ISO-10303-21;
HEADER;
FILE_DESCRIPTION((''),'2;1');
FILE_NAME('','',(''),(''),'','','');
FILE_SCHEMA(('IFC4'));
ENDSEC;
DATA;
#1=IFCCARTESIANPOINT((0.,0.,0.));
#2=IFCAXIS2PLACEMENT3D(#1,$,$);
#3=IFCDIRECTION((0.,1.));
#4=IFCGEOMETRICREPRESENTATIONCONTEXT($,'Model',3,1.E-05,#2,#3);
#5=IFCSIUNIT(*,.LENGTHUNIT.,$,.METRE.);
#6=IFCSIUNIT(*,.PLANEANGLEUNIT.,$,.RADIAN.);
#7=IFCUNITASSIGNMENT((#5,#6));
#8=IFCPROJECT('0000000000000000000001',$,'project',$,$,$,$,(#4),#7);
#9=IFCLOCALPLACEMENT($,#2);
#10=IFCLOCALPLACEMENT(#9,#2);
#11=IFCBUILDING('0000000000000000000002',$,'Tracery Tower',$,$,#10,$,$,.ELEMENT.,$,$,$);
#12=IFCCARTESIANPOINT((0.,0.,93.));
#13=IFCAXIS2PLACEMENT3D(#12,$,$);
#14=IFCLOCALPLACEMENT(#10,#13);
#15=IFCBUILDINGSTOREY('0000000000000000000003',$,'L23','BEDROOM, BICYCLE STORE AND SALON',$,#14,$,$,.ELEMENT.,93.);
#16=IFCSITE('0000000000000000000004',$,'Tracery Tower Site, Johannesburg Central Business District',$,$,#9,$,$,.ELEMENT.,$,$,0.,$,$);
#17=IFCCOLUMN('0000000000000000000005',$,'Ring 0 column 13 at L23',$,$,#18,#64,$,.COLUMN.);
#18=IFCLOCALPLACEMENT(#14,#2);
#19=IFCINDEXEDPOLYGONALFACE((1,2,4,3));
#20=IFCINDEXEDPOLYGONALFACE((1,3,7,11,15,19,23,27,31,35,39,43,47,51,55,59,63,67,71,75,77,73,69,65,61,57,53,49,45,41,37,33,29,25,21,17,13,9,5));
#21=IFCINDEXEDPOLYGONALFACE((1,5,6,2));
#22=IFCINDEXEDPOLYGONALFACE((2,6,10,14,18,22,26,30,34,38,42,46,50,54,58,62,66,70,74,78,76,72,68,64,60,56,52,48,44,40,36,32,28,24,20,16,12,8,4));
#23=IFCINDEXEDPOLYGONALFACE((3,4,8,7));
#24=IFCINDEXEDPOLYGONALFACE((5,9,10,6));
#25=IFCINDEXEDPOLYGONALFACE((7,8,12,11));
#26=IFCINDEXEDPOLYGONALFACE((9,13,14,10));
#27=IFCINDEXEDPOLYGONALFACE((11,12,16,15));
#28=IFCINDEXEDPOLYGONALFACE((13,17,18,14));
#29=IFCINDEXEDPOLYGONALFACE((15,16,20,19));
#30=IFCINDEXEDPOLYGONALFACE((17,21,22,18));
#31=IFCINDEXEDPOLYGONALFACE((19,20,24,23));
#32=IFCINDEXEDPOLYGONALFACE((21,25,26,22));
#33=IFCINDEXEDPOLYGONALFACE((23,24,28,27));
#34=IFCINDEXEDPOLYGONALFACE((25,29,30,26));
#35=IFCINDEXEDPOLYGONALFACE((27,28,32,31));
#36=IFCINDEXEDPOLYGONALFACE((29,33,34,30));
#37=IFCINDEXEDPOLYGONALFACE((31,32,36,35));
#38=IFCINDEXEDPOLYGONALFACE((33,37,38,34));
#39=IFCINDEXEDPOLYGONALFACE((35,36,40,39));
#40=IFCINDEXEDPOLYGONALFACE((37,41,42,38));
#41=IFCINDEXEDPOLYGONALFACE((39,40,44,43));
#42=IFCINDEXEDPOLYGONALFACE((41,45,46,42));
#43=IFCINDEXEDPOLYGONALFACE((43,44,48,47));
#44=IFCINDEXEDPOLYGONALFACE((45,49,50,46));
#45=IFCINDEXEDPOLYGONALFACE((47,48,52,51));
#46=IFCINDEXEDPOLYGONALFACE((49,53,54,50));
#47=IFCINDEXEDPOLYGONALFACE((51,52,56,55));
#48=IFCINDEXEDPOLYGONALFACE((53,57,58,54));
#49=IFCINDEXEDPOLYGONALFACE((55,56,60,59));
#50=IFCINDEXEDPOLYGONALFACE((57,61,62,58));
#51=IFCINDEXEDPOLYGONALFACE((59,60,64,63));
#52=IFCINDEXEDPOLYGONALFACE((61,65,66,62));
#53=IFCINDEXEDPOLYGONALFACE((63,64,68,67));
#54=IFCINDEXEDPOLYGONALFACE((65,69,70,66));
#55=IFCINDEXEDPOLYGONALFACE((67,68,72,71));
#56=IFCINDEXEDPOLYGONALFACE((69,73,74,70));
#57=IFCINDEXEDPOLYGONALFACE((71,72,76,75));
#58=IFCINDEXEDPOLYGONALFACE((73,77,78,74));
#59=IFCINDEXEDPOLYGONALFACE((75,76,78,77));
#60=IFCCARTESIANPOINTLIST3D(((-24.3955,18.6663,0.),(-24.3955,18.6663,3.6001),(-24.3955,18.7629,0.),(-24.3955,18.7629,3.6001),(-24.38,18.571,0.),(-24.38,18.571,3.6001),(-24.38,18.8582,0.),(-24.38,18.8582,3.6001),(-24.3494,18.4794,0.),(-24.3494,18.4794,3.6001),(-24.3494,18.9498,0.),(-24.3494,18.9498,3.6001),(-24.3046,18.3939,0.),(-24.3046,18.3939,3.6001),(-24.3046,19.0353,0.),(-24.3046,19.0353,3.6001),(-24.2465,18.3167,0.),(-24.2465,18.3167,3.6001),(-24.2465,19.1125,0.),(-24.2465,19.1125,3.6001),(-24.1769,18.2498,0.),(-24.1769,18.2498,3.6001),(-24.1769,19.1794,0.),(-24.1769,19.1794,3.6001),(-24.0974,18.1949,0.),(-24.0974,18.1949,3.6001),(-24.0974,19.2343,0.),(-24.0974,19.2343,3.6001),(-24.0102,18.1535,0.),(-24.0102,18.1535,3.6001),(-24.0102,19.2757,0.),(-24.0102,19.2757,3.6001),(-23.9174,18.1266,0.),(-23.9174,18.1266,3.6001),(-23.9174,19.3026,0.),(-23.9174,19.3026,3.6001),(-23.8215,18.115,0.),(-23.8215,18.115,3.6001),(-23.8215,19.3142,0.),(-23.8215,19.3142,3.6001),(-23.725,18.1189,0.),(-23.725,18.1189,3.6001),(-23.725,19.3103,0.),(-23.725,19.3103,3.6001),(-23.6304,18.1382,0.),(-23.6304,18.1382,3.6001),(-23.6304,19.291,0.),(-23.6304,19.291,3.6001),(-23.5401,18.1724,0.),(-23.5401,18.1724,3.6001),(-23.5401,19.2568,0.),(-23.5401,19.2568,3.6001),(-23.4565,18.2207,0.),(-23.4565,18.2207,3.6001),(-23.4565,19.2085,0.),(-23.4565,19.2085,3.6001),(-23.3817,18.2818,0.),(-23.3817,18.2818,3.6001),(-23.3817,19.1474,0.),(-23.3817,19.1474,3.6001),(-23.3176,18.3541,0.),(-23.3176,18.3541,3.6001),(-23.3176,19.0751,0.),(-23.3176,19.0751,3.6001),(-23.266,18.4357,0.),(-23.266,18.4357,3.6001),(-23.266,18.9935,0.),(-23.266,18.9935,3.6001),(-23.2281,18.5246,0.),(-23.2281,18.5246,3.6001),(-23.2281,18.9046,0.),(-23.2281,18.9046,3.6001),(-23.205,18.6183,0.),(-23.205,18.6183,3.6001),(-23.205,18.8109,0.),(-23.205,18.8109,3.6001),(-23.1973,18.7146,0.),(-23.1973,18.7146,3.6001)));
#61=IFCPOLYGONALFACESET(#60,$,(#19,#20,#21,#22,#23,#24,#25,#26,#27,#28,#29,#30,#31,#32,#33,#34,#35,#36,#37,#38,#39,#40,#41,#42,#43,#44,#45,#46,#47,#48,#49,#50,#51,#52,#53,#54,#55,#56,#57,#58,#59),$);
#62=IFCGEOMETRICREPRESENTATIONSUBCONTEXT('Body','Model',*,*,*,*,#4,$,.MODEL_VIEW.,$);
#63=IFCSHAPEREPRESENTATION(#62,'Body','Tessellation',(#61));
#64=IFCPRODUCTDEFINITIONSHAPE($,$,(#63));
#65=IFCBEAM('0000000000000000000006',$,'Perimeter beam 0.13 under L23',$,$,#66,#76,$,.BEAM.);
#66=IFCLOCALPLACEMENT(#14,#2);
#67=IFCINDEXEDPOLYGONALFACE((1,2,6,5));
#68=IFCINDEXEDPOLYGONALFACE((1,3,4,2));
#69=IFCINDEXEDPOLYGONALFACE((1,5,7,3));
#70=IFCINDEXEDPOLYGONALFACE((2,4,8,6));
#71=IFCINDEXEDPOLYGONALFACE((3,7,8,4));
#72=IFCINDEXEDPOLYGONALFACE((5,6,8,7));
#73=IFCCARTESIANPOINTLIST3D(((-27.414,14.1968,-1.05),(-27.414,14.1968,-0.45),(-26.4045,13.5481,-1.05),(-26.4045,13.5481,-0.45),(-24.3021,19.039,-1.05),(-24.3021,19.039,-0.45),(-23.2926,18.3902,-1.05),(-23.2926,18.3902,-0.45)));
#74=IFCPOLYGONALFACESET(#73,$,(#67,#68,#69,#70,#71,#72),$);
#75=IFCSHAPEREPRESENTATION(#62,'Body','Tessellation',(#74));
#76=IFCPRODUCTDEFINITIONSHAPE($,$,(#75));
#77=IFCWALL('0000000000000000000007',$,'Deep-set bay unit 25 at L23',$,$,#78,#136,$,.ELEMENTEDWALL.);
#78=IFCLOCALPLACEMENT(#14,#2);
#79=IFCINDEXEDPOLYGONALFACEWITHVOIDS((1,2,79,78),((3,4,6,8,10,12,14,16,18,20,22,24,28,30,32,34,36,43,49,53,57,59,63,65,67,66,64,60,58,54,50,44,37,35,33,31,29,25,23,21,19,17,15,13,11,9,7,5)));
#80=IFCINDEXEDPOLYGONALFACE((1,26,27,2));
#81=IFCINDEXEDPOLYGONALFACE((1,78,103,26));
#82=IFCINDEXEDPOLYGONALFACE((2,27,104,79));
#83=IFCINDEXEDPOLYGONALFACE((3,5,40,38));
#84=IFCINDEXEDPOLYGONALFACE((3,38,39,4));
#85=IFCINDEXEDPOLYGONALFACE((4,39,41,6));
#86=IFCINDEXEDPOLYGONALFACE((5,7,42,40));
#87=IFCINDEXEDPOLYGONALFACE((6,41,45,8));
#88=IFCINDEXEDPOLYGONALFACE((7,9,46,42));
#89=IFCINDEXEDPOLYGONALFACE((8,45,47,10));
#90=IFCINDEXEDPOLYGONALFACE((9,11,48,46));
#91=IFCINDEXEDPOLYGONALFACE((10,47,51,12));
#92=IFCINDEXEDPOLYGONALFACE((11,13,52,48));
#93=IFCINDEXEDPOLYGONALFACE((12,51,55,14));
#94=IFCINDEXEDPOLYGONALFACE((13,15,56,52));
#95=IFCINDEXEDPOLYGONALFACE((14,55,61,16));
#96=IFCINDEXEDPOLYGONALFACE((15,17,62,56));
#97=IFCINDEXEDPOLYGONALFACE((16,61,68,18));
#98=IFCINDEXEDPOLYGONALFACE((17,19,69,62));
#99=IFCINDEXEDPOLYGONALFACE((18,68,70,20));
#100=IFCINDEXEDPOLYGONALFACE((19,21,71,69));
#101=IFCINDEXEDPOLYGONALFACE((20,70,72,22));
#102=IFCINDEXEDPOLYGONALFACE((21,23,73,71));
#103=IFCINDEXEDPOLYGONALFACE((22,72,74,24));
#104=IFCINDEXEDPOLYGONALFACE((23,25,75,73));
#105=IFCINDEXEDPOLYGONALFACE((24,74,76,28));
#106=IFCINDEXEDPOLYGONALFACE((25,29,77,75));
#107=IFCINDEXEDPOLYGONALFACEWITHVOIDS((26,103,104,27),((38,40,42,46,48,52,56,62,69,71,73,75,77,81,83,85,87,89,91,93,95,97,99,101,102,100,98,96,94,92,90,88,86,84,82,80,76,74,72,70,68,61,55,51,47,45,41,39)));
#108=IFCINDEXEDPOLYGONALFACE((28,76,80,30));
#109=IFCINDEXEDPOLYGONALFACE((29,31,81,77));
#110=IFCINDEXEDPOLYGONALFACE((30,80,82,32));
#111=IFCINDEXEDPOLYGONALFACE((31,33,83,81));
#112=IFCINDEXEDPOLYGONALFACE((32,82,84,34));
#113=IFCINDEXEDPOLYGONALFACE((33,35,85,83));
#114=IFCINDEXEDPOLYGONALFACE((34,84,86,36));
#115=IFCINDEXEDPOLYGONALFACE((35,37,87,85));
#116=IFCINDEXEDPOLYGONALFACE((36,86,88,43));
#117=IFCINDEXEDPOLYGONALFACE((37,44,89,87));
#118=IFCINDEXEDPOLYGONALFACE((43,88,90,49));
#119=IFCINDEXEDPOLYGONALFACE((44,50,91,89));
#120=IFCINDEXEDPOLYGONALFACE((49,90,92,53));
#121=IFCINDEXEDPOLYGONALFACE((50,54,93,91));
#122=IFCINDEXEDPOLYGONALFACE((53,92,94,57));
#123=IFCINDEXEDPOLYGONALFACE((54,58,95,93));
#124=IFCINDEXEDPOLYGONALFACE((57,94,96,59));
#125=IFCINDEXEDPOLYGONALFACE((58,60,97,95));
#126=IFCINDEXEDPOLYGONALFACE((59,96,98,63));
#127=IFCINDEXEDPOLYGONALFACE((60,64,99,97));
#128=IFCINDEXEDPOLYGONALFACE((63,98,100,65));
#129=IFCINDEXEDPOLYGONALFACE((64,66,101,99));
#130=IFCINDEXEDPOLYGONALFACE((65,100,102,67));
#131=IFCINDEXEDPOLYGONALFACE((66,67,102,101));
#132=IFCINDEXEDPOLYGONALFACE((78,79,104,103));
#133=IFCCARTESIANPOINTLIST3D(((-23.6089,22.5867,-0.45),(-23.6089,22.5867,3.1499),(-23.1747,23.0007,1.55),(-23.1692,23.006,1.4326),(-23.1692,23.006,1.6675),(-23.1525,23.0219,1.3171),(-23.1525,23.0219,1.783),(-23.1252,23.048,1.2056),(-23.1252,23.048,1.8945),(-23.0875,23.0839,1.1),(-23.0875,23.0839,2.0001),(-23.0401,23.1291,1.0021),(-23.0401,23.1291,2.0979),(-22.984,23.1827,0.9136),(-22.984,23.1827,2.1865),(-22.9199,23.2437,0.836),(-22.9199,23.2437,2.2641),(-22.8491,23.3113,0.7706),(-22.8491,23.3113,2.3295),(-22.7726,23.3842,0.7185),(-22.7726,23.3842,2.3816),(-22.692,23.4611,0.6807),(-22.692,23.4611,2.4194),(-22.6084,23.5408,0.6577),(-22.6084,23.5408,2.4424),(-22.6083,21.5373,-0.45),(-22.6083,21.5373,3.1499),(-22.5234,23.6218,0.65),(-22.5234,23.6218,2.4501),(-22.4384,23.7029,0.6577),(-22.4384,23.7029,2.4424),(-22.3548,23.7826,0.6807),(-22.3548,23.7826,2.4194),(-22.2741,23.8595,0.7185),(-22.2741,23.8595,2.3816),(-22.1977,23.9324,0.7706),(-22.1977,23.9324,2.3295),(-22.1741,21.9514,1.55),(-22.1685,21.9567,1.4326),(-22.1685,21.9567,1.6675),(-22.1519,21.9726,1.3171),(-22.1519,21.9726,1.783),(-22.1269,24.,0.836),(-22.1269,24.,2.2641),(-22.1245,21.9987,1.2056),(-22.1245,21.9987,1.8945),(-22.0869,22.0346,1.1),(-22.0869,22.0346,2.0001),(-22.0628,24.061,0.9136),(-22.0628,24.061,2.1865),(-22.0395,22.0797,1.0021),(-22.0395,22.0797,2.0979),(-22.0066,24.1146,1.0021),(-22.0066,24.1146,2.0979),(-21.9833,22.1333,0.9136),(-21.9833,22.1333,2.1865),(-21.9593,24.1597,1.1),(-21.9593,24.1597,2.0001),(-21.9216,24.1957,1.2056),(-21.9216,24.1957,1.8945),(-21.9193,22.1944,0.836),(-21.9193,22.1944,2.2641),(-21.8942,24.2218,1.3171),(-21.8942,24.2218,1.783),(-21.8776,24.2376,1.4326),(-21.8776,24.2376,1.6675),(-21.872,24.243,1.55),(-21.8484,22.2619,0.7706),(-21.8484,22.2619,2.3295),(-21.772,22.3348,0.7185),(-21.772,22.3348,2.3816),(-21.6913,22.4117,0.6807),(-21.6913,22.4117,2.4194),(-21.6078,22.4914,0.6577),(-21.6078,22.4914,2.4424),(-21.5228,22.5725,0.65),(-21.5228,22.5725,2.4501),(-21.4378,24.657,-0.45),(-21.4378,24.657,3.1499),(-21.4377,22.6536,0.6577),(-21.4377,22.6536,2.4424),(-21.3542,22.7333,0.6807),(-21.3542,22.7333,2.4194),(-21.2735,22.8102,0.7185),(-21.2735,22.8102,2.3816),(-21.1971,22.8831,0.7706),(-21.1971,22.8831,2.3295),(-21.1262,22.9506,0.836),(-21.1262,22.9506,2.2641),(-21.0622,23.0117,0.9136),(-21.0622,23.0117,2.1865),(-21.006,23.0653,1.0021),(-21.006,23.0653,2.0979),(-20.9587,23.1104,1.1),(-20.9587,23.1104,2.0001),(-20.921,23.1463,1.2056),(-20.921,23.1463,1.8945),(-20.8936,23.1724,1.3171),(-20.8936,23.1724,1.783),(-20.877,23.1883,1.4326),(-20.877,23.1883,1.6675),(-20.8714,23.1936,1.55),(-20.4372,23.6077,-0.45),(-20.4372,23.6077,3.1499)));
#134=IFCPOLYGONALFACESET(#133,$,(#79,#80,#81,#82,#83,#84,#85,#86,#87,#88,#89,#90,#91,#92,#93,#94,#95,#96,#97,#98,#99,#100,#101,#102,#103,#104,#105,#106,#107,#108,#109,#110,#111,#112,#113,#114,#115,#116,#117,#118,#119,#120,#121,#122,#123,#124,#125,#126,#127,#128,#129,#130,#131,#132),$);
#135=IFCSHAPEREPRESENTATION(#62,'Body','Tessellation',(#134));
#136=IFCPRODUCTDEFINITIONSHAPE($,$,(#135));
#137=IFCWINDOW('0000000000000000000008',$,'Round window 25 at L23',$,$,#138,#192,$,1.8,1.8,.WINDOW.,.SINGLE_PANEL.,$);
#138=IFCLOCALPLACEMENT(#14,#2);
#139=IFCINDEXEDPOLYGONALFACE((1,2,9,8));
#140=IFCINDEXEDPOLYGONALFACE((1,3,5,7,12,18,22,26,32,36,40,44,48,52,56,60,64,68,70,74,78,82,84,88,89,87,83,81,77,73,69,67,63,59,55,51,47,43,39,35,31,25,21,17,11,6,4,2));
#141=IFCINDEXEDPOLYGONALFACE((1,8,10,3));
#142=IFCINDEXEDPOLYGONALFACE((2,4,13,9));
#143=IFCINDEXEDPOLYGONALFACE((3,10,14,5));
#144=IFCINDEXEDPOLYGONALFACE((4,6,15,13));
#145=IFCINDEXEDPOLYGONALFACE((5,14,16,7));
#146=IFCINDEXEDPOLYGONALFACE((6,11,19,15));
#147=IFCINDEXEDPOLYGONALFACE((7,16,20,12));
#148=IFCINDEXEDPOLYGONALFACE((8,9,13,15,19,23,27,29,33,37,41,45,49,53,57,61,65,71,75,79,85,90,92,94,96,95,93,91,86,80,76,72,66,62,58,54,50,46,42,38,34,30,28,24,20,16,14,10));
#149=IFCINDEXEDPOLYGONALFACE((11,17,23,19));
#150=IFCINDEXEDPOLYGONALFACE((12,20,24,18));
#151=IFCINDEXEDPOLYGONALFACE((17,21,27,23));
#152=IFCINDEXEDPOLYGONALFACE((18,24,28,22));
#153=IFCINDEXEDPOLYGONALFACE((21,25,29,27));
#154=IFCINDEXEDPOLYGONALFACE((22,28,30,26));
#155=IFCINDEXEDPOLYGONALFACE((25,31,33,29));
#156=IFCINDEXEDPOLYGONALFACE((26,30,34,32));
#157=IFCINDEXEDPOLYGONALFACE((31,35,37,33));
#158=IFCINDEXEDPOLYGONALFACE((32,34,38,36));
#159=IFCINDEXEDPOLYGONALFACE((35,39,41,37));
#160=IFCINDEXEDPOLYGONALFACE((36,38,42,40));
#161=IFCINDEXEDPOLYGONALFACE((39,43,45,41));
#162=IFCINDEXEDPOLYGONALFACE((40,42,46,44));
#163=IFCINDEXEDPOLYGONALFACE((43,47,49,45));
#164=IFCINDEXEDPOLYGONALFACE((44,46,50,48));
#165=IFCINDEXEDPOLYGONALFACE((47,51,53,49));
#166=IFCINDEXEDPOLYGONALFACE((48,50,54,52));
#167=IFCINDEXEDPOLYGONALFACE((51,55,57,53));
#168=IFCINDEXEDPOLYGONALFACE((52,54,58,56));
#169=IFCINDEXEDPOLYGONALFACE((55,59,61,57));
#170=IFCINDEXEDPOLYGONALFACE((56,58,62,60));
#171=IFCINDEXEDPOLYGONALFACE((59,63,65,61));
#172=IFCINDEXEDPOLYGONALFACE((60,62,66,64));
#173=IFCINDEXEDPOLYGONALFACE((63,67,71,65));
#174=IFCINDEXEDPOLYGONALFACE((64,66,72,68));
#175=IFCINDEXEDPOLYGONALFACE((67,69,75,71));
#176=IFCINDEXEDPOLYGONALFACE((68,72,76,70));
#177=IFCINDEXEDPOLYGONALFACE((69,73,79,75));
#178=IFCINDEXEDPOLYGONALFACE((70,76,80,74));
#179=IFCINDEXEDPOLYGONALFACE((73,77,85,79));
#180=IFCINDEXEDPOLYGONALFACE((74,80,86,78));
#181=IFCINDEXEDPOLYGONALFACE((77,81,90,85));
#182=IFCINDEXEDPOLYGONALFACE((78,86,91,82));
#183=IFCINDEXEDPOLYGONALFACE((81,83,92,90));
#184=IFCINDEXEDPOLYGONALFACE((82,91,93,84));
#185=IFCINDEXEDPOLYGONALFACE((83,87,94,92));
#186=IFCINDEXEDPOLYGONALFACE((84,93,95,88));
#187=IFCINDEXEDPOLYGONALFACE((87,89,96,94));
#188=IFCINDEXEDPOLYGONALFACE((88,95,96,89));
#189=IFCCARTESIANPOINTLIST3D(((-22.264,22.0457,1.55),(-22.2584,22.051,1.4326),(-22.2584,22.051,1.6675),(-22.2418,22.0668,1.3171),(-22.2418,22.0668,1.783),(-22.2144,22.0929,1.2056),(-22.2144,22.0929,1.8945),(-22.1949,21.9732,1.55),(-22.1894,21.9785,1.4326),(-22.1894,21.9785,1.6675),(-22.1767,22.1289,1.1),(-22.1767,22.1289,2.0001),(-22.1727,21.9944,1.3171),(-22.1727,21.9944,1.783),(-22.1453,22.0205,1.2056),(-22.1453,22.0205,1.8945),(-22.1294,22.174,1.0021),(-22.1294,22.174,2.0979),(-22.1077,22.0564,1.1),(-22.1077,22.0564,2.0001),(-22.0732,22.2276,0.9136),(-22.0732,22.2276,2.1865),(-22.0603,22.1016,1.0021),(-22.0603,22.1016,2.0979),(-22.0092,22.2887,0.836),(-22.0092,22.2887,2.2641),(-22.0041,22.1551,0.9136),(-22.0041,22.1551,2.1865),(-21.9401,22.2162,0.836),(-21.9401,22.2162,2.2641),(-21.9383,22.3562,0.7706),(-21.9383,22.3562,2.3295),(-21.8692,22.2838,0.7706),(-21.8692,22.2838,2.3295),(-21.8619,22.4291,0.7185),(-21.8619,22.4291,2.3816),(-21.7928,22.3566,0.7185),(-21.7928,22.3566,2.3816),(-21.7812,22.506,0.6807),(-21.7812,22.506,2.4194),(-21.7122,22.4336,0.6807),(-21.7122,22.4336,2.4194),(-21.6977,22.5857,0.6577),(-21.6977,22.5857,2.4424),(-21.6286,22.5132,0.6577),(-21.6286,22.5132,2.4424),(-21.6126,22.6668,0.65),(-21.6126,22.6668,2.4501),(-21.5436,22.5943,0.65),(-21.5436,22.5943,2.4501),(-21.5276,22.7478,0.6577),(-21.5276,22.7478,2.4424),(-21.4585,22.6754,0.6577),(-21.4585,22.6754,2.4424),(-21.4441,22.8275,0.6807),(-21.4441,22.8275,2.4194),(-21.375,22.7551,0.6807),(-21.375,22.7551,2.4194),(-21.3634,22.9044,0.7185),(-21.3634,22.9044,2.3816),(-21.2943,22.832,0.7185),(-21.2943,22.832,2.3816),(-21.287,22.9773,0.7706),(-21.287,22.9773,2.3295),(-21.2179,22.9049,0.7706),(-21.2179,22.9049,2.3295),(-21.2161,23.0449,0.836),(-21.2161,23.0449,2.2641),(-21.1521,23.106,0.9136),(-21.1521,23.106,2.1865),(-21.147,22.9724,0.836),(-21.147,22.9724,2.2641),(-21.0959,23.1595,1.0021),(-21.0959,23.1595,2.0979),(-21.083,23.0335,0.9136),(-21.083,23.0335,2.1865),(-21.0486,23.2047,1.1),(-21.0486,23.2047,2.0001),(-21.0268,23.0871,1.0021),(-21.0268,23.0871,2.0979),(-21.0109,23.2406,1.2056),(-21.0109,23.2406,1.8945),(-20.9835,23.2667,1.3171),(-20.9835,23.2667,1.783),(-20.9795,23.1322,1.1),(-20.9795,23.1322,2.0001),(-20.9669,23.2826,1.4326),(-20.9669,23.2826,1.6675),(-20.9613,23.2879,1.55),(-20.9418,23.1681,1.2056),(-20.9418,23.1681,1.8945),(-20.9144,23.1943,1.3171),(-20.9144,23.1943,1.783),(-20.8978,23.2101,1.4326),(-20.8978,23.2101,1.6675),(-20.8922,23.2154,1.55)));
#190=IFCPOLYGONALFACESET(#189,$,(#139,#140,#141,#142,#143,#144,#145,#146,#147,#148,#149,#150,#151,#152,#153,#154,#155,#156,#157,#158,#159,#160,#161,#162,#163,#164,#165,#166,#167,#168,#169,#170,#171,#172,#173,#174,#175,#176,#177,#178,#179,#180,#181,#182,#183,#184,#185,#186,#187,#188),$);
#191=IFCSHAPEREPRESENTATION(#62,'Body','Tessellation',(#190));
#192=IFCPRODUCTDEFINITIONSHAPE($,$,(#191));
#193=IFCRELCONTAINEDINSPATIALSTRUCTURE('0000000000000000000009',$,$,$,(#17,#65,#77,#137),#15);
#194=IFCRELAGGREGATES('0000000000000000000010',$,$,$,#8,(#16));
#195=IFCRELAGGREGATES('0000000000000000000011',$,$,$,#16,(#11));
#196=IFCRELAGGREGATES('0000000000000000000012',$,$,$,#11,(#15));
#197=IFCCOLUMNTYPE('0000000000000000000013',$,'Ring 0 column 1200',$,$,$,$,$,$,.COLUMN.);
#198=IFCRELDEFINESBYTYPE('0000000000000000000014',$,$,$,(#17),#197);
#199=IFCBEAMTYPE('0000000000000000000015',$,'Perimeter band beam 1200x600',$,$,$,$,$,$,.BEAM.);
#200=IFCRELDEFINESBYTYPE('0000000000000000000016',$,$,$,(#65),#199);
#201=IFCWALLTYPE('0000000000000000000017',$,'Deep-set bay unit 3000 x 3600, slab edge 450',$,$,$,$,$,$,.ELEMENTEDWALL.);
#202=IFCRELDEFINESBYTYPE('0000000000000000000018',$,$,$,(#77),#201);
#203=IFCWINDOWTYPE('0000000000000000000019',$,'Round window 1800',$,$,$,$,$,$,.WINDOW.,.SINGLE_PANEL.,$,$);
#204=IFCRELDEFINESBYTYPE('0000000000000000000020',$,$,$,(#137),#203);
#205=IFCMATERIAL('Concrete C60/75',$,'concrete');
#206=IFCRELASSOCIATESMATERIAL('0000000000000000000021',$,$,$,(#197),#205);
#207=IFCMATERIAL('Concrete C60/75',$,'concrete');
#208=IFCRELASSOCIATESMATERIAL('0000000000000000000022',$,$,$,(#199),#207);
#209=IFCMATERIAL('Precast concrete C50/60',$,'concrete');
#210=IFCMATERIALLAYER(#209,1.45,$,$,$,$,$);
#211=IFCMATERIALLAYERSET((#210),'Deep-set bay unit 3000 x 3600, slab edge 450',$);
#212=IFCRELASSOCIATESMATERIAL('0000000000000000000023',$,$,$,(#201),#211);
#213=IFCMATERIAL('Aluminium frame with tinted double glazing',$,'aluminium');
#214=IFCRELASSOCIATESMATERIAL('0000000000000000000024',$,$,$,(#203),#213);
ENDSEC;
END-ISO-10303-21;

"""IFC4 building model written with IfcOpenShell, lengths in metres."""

from ifc_helpers import new_model, si_unit, direction, frame, frame_2d, origin, origin_2d, place, context, subcontext, project, spatial, rectangle, circle, extrude, material, layer, layer_set, material_profile, profile_set, type_object, element, fill, save


model = new_model("IFC4")

# Units and contexts
model_context = context("Model", 3, precision=1e-05, world=origin(), true_north=direction((0.0, 1.0)))
body_context = subcontext(model_context, "Body", "Model", "MODEL_VIEW")
ifc_project = project(units=[si_unit("LENGTHUNIT", "METRE"), si_unit("PLANEANGLEUNIT", "RADIAN")], contexts=[model_context])

# Site, building, storey
site_placement = place(None, origin())
site = spatial("IfcSite", under=ifc_project, at=site_placement, Name="Tracery Tower Site, Johannesburg Central Business District", CompositionType="ELEMENT", RefElevation=0.0)
building_placement = place(site_placement, origin())
building = spatial("IfcBuilding", under=site, at=building_placement, Name="Tracery Tower", CompositionType="ELEMENT")
storey_placement = place(building_placement, frame((0.0, 0.0, 93.0)))
storey = spatial("IfcBuildingStorey", under=building, at=storey_placement, Name="L23", Description="BEDROOM, BICYCLE STORE AND SALON", CompositionType="ELEMENT", Elevation=93.0)

# Column
ifc_material_1 = material(Name="Concrete C60/75", Category="concrete")
ifc_material_profile_1 = material_profile(ifc_material_1, circle(Radius=0.6001, at=origin_2d()), Name="RC D1200")
ifc_profile_set_1 = profile_set([ifc_material_profile_1], Name="Concrete C60/75")
column_type = type_object("IfcColumnType", Name="Ring 0 column 1200", PredefinedType="COLUMN", material=ifc_profile_set_1)
column_placement = place(storey_placement, frame((-23.7974, 18.7146, 0.0), z_axis=(0.0, 0.0, 1.0), x_axis=(1.0, 0.0, 0.0)))
element("IfcColumn", 1, at=column_placement, inside=storey, type_object=column_type, Name="Ring 0 column 13 at L23", PredefinedType="COLUMN", context=body_context, shape_type="SweptSolid", body=[
    extrude(circle(Radius=0.6001, at=origin_2d()), origin(), (0.0, 0.0, 1.0), 3.6001),
])

# Beam
ifc_material_2 = material(Name="Concrete C60/75", Category="concrete")
ifc_material_profile_2 = material_profile(ifc_material_2, rectangle(XDim=1.2, YDim=0.6001, at=origin_2d()), Name="RC 1200x600")
ifc_profile_set_2 = profile_set([ifc_material_profile_2], Name="Concrete C60/75")
beam_type = type_object("IfcBeamType", Name="Perimeter band beam 1200x600", PredefinedType="BEAM", material=ifc_profile_set_2)
beam_placement = place(storey_placement, frame((-23.7974, 18.7146, -0.75), z_axis=(-0.540644, -0.841252, 0.0), x_axis=(0.841252, -0.540644, 0.0)))
element("IfcBeam", 2, at=beam_placement, inside=storey, type_object=beam_type, Name="Perimeter beam 0.13 under L23", PredefinedType="BEAM", context=body_context, shape_type="SweptSolid", body=[
    extrude(rectangle(XDim=1.2, YDim=0.6001, at=origin_2d()), origin(), (0.0, 0.0, 1.0), 5.7559),
])

# Wall, opening, window
ifc_material_3 = material(Name="Precast concrete C50/60", Category="concrete")
ifc_layer_1 = layer(ifc_material_3, 1.45)
ifc_layer_set_1 = layer_set([ifc_layer_1], Name="Deep-set bay unit 3000 x 3600, slab edge 450")
wall_type_1 = type_object("IfcWallType", Name="Deep-set bay unit 3000 x 3600, slab edge 450", PredefinedType="ELEMENTEDWALL", material=ifc_layer_set_1)
wall_1_placement = place(storey_placement, frame((-20.9375, 24.1323, -0.45), z_axis=(0.0, 0.0, 1.0), x_axis=(-0.723712, -0.690102, 0.0)))
wall_1 = element("IfcWall", 3, at=wall_1_placement, inside=storey, type_object=wall_type_1, Name="Deep-set bay unit 25 at L23", PredefinedType="ELEMENTEDWALL", context=body_context, shape_type="SweptSolid", body=[
    extrude(rectangle(XDim=3.0, YDim=1.45, at=frame_2d((1.5, 0.0))), origin(), (0.0, 0.0, 1.0), 3.5999),
])
opening_1_placement = place(wall_1_placement, frame((1.5, 0.0, 2.0)))
opening_1 = element("IfcOpeningElement", 4, at=opening_1_placement, cuts=wall_1, PredefinedType="OPENING", context=body_context, shape_type="SweptSolid", body=[
    extrude(circle(Radius=0.9, at=origin_2d()), frame((0.0, 0.7349, 0.0), z_axis=(0.0, -1.0, 0.0), x_axis=(1.0, 0.0, 0.0)), (0.0, 0.0, 1.0), 1.47),
])
ifc_material_4 = material(Name="Aluminium frame with tinted double glazing", Category="aluminium")
window_type = type_object("IfcWindowType", Name="Round window 1800", PartitioningType="SINGLE_PANEL", PredefinedType="WINDOW", material=ifc_material_4)
window_1_placement = place(opening_1_placement, origin())
window_1 = element("IfcWindow", 5, at=window_1_placement, inside=storey, type_object=window_type, Name="Round window 25 at L23", OverallHeight=1.8, OverallWidth=1.8, PartitioningType="SINGLE_PANEL", PredefinedType="WINDOW", context=body_context, shape_type="SweptSolid", body=[
    extrude(circle(Radius=0.9, at=origin_2d()), frame((0.0, 0.6948, 0.0), z_axis=(0.0, -1.0, 0.0), x_axis=(1.0, 0.0, 0.0)), (0.0, 0.0, 1.0), 0.1001),
])
fill(opening_1, window_1)

save(model, "model.ifc")
